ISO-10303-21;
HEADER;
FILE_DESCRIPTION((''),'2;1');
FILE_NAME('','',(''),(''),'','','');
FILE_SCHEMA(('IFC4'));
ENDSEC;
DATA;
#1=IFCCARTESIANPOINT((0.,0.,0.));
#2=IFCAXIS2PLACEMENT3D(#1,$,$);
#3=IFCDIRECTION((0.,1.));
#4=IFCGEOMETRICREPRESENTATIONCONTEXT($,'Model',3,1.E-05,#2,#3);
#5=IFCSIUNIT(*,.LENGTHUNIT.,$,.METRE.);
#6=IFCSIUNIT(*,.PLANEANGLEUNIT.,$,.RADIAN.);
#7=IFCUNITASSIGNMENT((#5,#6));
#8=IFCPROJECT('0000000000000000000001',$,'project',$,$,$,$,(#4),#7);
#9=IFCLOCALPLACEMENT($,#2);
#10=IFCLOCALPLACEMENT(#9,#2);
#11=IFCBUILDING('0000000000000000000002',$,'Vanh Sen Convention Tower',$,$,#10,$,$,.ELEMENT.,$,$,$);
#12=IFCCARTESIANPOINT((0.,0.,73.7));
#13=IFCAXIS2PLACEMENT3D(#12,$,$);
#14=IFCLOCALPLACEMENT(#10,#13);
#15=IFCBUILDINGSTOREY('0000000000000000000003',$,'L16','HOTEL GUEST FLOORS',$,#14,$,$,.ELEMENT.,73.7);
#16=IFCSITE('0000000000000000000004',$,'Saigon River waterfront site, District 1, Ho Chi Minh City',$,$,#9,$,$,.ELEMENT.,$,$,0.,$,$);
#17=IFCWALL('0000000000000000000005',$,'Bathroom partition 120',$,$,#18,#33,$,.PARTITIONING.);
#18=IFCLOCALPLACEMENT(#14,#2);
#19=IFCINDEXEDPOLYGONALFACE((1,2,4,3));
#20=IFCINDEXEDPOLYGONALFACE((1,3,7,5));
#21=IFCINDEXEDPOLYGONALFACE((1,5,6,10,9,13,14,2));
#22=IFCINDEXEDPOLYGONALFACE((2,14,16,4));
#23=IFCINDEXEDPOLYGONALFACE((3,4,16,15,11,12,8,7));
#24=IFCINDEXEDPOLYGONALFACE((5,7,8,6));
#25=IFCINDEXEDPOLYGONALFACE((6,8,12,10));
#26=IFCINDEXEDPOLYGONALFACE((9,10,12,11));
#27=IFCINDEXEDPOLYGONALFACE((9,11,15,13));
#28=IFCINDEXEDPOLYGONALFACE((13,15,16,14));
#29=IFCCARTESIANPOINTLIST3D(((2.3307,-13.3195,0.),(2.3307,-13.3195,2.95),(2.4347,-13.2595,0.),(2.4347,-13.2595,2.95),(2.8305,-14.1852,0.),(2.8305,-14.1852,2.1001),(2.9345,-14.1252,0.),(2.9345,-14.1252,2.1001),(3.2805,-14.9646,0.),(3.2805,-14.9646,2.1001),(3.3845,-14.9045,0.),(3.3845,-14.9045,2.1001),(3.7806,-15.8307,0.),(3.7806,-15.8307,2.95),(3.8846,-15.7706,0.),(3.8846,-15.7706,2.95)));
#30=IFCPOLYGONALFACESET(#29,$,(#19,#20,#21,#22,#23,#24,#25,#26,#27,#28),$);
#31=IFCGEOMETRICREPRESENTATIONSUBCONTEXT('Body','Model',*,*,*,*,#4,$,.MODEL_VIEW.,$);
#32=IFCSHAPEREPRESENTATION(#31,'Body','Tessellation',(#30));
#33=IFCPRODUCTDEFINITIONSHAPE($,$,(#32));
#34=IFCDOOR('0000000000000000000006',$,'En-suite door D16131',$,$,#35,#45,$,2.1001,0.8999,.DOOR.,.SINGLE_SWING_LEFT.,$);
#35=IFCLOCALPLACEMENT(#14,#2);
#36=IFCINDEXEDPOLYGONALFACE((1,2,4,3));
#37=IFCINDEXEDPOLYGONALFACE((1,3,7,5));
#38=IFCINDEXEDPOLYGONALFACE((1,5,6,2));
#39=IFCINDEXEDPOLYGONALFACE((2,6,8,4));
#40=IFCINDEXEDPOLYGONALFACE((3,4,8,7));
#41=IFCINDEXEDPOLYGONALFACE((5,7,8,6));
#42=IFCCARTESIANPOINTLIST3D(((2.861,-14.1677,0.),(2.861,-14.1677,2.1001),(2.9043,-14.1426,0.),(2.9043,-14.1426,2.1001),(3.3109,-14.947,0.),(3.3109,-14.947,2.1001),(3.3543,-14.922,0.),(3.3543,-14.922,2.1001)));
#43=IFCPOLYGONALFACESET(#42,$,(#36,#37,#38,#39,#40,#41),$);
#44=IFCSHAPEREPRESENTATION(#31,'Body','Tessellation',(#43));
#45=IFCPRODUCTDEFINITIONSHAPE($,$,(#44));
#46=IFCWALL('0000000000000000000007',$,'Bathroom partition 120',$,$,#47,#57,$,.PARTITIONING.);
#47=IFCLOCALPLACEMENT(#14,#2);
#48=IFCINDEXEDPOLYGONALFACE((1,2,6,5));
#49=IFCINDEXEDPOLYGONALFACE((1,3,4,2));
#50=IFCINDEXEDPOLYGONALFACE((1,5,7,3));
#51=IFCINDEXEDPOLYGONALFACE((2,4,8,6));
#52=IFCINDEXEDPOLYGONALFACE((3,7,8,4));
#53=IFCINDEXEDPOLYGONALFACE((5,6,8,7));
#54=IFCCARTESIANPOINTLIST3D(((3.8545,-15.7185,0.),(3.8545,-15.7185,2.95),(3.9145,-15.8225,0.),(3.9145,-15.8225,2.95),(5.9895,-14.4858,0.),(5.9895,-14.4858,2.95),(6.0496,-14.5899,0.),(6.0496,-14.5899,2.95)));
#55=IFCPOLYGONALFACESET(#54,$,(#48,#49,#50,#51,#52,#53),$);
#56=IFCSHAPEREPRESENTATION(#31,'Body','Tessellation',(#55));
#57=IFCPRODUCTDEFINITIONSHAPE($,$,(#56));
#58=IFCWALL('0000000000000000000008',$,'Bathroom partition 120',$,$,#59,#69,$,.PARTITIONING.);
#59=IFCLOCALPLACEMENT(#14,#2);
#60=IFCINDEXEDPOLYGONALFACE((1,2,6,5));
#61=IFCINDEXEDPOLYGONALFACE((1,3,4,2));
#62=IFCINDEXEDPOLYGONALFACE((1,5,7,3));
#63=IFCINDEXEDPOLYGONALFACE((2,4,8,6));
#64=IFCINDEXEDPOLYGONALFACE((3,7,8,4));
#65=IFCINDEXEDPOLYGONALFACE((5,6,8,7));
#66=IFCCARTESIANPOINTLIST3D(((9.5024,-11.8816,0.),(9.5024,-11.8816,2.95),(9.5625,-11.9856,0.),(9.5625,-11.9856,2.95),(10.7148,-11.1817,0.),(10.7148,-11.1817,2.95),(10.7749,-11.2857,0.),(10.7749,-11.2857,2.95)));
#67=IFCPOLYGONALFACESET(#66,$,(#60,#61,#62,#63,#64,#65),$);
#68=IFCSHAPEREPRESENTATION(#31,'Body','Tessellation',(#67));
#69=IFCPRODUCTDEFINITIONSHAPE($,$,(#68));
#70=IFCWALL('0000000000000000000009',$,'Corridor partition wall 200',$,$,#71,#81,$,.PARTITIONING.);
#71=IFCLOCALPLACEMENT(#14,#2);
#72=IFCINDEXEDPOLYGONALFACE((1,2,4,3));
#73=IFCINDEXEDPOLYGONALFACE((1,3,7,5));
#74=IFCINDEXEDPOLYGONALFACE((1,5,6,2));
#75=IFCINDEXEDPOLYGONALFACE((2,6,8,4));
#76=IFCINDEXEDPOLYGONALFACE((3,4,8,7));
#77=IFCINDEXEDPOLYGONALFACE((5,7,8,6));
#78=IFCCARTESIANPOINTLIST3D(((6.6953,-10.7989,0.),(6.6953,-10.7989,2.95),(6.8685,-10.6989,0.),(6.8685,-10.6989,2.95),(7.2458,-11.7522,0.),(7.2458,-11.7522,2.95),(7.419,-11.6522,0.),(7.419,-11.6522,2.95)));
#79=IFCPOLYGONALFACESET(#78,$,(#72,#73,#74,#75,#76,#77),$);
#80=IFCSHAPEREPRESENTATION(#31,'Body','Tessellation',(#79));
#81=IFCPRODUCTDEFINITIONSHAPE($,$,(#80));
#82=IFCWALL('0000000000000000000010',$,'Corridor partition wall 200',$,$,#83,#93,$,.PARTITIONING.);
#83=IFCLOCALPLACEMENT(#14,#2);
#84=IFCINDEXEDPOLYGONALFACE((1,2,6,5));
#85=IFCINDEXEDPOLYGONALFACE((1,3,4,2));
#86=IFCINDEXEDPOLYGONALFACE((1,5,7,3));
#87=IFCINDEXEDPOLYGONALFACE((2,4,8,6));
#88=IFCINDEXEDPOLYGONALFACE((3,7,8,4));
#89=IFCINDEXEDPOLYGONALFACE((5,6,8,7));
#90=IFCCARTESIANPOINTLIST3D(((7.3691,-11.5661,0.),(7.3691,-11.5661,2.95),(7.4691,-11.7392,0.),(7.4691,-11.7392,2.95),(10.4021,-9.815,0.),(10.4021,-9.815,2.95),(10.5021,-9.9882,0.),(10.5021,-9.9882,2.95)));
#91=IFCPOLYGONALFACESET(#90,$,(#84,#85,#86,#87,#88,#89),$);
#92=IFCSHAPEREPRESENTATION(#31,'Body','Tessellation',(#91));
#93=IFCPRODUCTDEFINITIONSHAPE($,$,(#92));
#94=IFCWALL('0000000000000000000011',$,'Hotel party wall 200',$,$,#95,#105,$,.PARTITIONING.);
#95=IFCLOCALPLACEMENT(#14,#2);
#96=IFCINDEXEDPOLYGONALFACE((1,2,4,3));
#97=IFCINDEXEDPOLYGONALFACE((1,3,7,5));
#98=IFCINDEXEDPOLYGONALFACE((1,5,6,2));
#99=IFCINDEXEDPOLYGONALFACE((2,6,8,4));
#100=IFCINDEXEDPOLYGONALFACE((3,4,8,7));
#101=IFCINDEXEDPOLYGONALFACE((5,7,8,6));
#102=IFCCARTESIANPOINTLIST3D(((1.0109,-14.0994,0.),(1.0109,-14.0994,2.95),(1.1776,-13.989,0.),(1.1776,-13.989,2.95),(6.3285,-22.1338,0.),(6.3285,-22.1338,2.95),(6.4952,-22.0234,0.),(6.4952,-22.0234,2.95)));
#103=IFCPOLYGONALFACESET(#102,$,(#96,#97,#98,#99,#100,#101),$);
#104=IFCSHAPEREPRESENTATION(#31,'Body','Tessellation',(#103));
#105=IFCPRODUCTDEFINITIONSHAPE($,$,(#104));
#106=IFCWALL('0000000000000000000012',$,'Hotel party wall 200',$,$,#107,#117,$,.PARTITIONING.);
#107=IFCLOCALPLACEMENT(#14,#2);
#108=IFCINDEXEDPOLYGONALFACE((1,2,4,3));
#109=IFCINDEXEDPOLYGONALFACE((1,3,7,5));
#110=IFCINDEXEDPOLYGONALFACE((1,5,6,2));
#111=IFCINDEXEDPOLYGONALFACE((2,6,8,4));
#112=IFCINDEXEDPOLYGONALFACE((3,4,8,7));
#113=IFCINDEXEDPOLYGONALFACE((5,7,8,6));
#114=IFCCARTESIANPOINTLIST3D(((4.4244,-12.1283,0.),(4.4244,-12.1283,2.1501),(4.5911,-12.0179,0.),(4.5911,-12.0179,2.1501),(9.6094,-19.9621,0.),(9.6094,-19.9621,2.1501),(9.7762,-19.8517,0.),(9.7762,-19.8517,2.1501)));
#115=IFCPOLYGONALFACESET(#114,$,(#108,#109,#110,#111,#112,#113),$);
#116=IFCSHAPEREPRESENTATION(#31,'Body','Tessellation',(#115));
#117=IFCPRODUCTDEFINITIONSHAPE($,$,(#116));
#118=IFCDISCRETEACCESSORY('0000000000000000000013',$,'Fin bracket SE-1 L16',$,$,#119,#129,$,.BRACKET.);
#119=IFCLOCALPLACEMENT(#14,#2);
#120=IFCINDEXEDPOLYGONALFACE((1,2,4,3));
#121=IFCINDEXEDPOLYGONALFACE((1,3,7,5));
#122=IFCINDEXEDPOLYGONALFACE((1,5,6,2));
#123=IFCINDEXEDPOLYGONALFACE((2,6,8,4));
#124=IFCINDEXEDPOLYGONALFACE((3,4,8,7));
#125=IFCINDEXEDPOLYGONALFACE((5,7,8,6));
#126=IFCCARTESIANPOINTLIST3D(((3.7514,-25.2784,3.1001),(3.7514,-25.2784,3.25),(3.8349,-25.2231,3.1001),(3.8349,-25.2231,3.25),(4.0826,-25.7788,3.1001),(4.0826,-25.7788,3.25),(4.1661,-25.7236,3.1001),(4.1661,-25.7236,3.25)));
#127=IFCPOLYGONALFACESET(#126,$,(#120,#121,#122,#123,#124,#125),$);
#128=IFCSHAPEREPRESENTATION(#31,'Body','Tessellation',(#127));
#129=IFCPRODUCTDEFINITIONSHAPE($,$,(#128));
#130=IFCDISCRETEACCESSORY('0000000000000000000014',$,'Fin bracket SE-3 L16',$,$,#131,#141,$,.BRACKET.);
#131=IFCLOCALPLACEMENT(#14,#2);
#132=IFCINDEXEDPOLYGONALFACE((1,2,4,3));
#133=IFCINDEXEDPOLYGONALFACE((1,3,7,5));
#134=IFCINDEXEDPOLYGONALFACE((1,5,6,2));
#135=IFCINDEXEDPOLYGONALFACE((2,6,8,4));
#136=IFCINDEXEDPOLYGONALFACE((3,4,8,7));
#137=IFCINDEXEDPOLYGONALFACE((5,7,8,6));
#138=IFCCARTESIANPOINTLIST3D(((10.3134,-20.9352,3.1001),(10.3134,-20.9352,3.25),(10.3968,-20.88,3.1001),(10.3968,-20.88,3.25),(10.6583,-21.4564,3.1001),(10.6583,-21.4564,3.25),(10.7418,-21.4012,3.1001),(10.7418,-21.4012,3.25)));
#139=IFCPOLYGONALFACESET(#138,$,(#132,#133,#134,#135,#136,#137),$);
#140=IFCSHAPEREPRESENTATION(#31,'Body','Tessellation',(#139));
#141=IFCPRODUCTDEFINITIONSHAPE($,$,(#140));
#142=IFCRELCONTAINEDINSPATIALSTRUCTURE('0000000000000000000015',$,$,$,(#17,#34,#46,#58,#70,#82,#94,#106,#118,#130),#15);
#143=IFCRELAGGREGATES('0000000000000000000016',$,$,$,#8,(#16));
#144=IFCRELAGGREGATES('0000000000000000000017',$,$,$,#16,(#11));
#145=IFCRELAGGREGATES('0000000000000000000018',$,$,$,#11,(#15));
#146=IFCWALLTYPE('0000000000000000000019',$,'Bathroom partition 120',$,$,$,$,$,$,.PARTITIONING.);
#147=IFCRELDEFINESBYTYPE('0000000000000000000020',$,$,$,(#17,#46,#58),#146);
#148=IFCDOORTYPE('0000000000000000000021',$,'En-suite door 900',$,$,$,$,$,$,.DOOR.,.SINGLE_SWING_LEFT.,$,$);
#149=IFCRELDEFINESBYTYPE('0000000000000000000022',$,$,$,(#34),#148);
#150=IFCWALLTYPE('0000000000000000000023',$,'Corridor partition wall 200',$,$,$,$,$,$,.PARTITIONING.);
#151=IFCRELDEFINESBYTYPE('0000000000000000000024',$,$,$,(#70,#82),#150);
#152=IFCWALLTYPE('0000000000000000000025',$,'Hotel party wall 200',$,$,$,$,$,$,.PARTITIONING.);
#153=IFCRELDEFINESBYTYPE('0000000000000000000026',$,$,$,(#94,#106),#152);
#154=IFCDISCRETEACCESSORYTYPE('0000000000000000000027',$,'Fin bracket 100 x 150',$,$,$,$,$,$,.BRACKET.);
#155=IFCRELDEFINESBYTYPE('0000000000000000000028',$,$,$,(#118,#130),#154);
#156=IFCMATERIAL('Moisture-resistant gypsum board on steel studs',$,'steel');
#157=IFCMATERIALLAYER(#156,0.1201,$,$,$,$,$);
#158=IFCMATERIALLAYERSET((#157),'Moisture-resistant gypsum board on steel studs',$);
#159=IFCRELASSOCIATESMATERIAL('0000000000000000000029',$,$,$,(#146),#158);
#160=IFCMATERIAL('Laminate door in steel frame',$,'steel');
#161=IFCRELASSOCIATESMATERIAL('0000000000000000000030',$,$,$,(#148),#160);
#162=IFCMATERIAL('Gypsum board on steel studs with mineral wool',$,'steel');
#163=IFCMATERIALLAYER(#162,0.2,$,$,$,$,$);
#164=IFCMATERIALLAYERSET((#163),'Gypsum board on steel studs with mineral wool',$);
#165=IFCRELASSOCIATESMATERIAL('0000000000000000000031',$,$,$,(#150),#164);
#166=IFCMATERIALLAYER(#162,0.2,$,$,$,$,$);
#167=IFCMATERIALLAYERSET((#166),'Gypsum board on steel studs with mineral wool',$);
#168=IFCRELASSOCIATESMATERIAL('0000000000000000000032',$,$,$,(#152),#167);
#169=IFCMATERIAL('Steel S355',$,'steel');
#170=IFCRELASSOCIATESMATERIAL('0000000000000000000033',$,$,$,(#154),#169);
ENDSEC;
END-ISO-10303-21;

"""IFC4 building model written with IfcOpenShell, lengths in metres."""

from ifc_helpers import new_model, si_unit, direction, frame, frame_2d, origin, origin_2d, place, context, subcontext, project, spatial, rectangle, extrude, material, layer, layer_set, type_object, element, fill, save


model = new_model("IFC4")

# Units and contexts
model_context = context("Model", 3, precision=1e-05, world=origin(), true_north=direction((0.0, 1.0)))
body_context = subcontext(model_context, "Body", "Model", "MODEL_VIEW")
ifc_project = project(units=[si_unit("LENGTHUNIT", "METRE"), si_unit("PLANEANGLEUNIT", "RADIAN")], contexts=[model_context])

# Site, building, storey
site_placement = place(None, origin())
site = spatial("IfcSite", under=ifc_project, at=site_placement, Name="Saigon River waterfront site, District 1, Ho Chi Minh City", CompositionType="ELEMENT", RefElevation=0.0)
building_placement = place(site_placement, origin())
building = spatial("IfcBuilding", under=site, at=building_placement, Name="Vanh Sen Convention Tower", CompositionType="ELEMENT")
storey_placement = place(building_placement, frame((0.0, 0.0, 73.7)))
storey = spatial("IfcBuildingStorey", under=building, at=storey_placement, Name="L16", Description="HOTEL GUEST FLOORS", CompositionType="ELEMENT", Elevation=73.7)

# Wall, opening, door
ifc_material_1 = material(Name="Moisture-resistant gypsum board on steel studs", Category="steel")
ifc_layer_1 = layer(ifc_material_1, 0.1201)
ifc_layer_set_1 = layer_set([ifc_layer_1], Name="Moisture-resistant gypsum board on steel studs")
wall_type_1 = type_object("IfcWallType", Name="Bathroom partition 120", PredefinedType="PARTITIONING", material=ifc_layer_set_1)
wall_1_placement = place(storey_placement, frame((3.8325, -15.8005, 0.0), z_axis=(0.0, 0.0, 1.0), x_axis=(-0.500024, 0.866012, 0.0)))
wall_1 = element("IfcWall", 1, at=wall_1_placement, inside=storey, type_object=wall_type_1, Name="Bathroom partition 120", PredefinedType="PARTITIONING", context=body_context, shape_type="SweptSolid", body=[
    extrude(rectangle(XDim=2.8997, YDim=0.1201, at=frame_2d((1.4497, 0.0))), origin(), (0.0, 0.0, 1.0), 2.95),
])
opening_placement = place(wall_1_placement, frame((1.0, 0.0, 0.0)))
opening = element("IfcOpeningElement", 2, at=opening_placement, cuts=wall_1, PredefinedType="OPENING", context=body_context, shape_type="SweptSolid", body=[
    extrude(rectangle(XDim=0.8999, YDim=2.1001, at=frame_2d((0.45, 1.05))), frame((0.0, 0.0701, 0.0), z_axis=(0.0, -1.0, 0.0), x_axis=(1.0, 0.0, 0.0)), (0.0, 0.0, 1.0), 0.1401),
])
ifc_material_2 = material(Name="Laminate door in steel frame", Category="steel")
door_type = type_object("IfcDoorType", Name="En-suite door 900", OperationType="SINGLE_SWING_LEFT", PredefinedType="DOOR", material=ifc_material_2)
door_placement = place(opening_placement, origin())
door = element("IfcDoor", 3, at=door_placement, inside=storey, type_object=door_type, Name="En-suite door D16131", OperationType="SINGLE_SWING_LEFT", OverallHeight=2.1001, OverallWidth=0.8999, PredefinedType="DOOR", context=body_context, shape_type="SweptSolid", body=[
    extrude(rectangle(XDim=0.8999, YDim=2.1001, at=frame_2d((0.45, 1.05))), frame((0.0, 0.0249, 0.0), z_axis=(0.0, -1.0, 0.0), x_axis=(1.0, 0.0, 0.0)), (0.0, 0.0, 1.0), 0.05),
])
fill(opening, door)

# Walls
wall_2_placement = place(storey_placement, frame((6.0195, -14.5378, 0.0), z_axis=(0.0, 0.0, 1.0), x_axis=(-0.866022, -0.500005, 0.0)))
element("IfcWall", 4, at=wall_2_placement, inside=storey, type_object=wall_type_1, Name="Bathroom partition 120", PredefinedType="PARTITIONING", context=body_context, shape_type="SweptSolid", body=[
    extrude(rectangle(XDim=2.4653, YDim=0.1201, at=frame_2d((1.2327, 0.0))), origin(), (0.0, 0.0, 1.0), 2.95),
])
wall_3_placement = place(storey_placement, frame((9.5325, -11.9336, 0.0), z_axis=(0.0, 0.0, 1.0), x_axis=(0.866035, 0.499984, 0.0)))
element("IfcWall", 5, at=wall_3_placement, inside=storey, type_object=wall_type_1, Name="Bathroom partition 120", PredefinedType="PARTITIONING", context=body_context, shape_type="SweptSolid", body=[
    extrude(rectangle(XDim=1.3999, YDim=0.1201, at=frame_2d((0.7, 0.0))), origin(), (0.0, 0.0, 1.0), 2.95),
])
ifc_material_3 = material(Name="Gypsum board on steel studs with mineral wool", Category="steel")
ifc_layer_2 = layer(ifc_material_3, 0.2)
ifc_layer_set_2 = layer_set([ifc_layer_2], Name="Gypsum board on steel studs with mineral wool")
wall_type_2 = type_object("IfcWallType", Name="Corridor partition wall 200", PredefinedType="PARTITIONING", material=ifc_layer_set_2)
wall_4_placement = place(storey_placement, frame((6.782, -10.749, 0.0), z_axis=(0.0, 0.0, 1.0), x_axis=(0.500074, -0.865982, 0.0)))
element("IfcWall", 6, at=wall_4_placement, inside=storey, type_object=wall_type_2, Name="Corridor partition wall 200", PredefinedType="PARTITIONING", context=body_context, shape_type="SweptSolid", body=[
    extrude(rectangle(XDim=1.1008, YDim=0.2, at=frame_2d((0.5503, 0.0))), origin(), (0.0, 0.0, 1.0), 2.95),
])
wall_5_placement = place(storey_placement, frame((7.4192, -11.6526, 0.0), z_axis=(0.0, 0.0, 1.0), x_axis=(0.866038, 0.499978, 0.0)))
element("IfcWall", 7, at=wall_5_placement, inside=storey, type_object=wall_type_2, Name="Corridor partition wall 200", PredefinedType="PARTITIONING", context=body_context, shape_type="SweptSolid", body=[
    extrude(rectangle(XDim=3.5022, YDim=0.2, at=frame_2d((1.751, 0.0))), origin(), (0.0, 0.0, 1.0), 2.95),
])
ifc_layer_3 = layer(ifc_material_3, 0.2)
ifc_layer_set_3 = layer_set([ifc_layer_3], Name="Gypsum board on steel studs with mineral wool")
wall_type_3 = type_object("IfcWallType", Name="Hotel party wall 200", PredefinedType="PARTITIONING", material=ifc_layer_set_3)
wall_6_placement = place(storey_placement, frame((6.4119, -22.0786, 0.0), z_axis=(0.0, 0.0, 1.0), x_axis=(-0.55192, 0.833897, 0.0)))
element("IfcWall", 8, at=wall_6_placement, inside=storey, type_object=wall_type_3, Name="Hotel party wall 200", PredefinedType="PARTITIONING", context=body_context, shape_type="SweptSolid", body=[
    extrude(rectangle(XDim=9.6348, YDim=0.2, at=frame_2d((4.8174, 0.0))), origin(), (0.0, 0.0, 1.0), 2.95),
])
wall_7_placement = place(storey_placement, frame((9.6929, -19.907, 0.0), z_axis=(0.0, 0.0, 1.0), x_axis=(-0.551938, 0.833885, 0.0)))
element("IfcWall", 9, at=wall_7_placement, inside=storey, type_object=wall_type_3, Name="Hotel party wall 200", PredefinedType="PARTITIONING", context=body_context, shape_type="SweptSolid", body=[
    extrude(rectangle(XDim=9.3943, YDim=0.2, at=frame_2d((4.6973, 0.0))), origin(), (0.0, 0.0, 1.0), 2.1501),
])

# Discrete accessories
ifc_material_4 = material(Name="Steel S355", Category="steel")
discrete_accessory_type = type_object("IfcDiscreteAccessoryType", Name="Fin bracket 100 x 150", PredefinedType="BRACKET", material=ifc_material_4)
discrete_accessory_1_placement = place(storey_placement, frame((3.9587, -25.501, 3.1001), z_axis=(0.0, 0.0, 1.0), x_axis=(0.551937, -0.833886, 0.0)))
element("IfcDiscreteAccessory", 10, at=discrete_accessory_1_placement, inside=storey, type_object=discrete_accessory_type, Name="Fin bracket SE-1 L16", PredefinedType="BRACKET", context=body_context, shape_type="SweptSolid", body=[
    extrude(rectangle(XDim=0.6001, YDim=0.1001, at=origin_2d()), origin(), (0.0, 0.0, 1.0), 0.1499),
])
discrete_accessory_2_placement = place(storey_placement, frame((10.5276, -21.1682, 3.1001), z_axis=(0.0, 0.0, 1.0), x_axis=(0.551937, -0.833886, 0.0)))
element("IfcDiscreteAccessory", 11, at=discrete_accessory_2_placement, inside=storey, type_object=discrete_accessory_type, Name="Fin bracket SE-3 L16", PredefinedType="BRACKET", context=body_context, shape_type="SweptSolid", body=[
    extrude(rectangle(XDim=0.625, YDim=0.1001, at=origin_2d()), origin(), (0.0, 0.0, 1.0), 0.1499),
])

save(model, "model.ifc")
